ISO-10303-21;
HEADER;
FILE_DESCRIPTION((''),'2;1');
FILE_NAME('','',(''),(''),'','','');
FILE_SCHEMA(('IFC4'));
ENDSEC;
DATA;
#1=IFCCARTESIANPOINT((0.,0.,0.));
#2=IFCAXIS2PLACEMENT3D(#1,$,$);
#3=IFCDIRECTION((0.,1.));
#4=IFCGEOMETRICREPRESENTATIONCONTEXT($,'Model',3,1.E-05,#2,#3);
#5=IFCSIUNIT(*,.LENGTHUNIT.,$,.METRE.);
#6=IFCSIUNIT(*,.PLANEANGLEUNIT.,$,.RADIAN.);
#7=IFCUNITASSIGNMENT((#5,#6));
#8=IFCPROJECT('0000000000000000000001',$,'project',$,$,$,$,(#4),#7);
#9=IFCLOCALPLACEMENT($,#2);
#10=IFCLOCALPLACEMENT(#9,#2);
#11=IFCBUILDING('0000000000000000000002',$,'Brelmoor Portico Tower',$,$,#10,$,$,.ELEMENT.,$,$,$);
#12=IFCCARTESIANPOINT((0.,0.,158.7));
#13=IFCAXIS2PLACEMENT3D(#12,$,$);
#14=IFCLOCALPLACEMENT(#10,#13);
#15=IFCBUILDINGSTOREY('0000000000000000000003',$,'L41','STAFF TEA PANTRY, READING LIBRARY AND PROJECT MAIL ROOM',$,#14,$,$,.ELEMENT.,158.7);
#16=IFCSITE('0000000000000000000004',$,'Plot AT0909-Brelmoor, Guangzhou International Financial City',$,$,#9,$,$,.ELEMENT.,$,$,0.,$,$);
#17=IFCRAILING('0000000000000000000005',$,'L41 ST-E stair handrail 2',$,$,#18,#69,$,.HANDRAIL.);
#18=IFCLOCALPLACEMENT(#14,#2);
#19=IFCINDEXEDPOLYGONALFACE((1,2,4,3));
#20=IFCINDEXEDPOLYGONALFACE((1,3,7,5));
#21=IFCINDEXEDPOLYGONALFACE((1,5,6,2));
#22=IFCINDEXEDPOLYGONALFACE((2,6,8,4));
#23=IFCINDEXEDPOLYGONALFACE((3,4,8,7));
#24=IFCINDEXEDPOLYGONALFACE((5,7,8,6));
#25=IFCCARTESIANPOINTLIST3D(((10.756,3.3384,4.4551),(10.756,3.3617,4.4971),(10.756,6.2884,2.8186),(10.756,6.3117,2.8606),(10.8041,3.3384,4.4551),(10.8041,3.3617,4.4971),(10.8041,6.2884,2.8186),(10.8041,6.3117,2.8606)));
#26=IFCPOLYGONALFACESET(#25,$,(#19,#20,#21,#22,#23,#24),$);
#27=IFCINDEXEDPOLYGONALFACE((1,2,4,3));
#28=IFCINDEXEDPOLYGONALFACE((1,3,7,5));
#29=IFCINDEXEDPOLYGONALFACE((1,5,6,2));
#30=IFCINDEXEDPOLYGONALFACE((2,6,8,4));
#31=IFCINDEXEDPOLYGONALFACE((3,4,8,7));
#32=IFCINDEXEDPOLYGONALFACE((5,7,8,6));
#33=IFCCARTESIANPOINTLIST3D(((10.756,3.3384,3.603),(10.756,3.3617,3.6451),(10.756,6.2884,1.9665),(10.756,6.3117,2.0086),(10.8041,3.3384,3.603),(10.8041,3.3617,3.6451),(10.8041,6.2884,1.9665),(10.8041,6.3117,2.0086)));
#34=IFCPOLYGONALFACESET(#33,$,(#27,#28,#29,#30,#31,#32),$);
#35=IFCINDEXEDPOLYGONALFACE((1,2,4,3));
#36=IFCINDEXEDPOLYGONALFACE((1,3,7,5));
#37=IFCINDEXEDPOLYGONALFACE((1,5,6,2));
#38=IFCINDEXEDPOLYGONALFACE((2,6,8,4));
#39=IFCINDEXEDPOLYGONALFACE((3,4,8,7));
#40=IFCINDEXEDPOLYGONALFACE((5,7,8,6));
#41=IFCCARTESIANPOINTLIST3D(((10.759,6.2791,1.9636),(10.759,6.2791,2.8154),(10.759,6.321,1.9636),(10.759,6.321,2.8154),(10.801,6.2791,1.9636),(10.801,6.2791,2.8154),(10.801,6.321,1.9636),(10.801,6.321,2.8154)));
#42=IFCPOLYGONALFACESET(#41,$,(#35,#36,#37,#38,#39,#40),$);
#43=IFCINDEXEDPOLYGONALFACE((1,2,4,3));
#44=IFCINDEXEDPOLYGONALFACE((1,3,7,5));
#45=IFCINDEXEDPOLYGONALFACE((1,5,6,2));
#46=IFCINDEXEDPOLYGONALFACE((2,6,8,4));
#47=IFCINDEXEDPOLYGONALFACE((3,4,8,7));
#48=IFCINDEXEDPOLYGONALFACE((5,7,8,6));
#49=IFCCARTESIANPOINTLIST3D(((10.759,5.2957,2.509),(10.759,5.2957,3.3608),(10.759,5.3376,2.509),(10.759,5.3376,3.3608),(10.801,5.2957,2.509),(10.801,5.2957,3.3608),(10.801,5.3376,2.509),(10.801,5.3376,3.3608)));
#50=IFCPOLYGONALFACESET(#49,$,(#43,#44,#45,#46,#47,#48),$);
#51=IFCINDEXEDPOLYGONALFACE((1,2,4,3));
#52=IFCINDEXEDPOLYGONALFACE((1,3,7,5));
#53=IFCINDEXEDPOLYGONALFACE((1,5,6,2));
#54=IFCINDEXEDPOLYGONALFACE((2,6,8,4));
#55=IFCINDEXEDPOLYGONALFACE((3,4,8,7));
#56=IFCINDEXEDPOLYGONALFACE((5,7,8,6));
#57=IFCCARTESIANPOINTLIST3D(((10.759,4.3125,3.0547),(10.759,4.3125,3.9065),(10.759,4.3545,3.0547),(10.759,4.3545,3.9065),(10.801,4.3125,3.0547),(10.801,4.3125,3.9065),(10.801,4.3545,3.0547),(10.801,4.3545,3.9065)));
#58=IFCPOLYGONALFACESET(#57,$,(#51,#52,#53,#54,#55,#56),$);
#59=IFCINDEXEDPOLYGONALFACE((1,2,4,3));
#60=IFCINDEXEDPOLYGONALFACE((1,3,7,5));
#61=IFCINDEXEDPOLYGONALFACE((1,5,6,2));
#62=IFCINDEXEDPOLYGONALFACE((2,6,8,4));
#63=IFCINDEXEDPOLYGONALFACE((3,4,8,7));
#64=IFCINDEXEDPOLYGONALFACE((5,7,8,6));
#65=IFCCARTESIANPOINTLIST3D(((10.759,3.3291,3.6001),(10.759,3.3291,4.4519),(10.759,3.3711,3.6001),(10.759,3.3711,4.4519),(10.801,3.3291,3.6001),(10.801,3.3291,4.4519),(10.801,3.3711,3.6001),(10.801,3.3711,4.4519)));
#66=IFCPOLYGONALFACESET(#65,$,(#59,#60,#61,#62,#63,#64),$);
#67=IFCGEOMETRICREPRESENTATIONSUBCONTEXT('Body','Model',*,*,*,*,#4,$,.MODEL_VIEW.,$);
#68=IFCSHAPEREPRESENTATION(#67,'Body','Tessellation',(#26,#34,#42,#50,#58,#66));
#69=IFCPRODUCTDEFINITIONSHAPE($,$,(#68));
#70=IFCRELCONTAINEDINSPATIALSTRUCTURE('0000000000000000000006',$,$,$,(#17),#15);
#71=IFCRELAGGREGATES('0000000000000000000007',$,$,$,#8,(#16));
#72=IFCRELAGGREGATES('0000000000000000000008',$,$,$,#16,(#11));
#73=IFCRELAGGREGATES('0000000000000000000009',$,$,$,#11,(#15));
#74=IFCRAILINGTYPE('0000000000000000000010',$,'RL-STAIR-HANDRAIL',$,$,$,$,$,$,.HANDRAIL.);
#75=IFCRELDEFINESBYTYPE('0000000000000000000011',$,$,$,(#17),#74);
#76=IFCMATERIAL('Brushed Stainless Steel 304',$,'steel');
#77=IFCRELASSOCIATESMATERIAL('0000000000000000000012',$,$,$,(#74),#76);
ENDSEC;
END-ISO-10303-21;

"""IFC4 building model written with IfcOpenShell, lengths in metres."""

from ifc_helpers import new_model, si_unit, direction, frame, origin, origin_2d, place, context, subcontext, project, spatial, rectangle, extrude, material, type_object, element, save


model = new_model("IFC4")

# Units and contexts
model_context = context("Model", 3, precision=1e-05, world=origin(), true_north=direction((0.0, 1.0)))
body_context = subcontext(model_context, "Body", "Model", "MODEL_VIEW")
ifc_project = project(units=[si_unit("LENGTHUNIT", "METRE"), si_unit("PLANEANGLEUNIT", "RADIAN")], contexts=[model_context])

# Site, building, storey
site_placement = place(None, origin())
site = spatial("IfcSite", under=ifc_project, at=site_placement, Name="Plot AT0909-Brelmoor, Guangzhou International Financial City", CompositionType="ELEMENT", RefElevation=0.0)
building_placement = place(site_placement, origin())
building = spatial("IfcBuilding", under=site, at=building_placement, Name="Brelmoor Portico Tower", CompositionType="ELEMENT")
storey_placement = place(building_placement, frame((0.0, 0.0, 158.7)))
storey = spatial("IfcBuildingStorey", under=building, at=storey_placement, Name="L41", Description="STAFF TEA PANTRY, READING LIBRARY AND PROJECT MAIL ROOM", CompositionType="ELEMENT", Elevation=158.7)

# Railing
ifc_material_1 = material(Name="Brushed Stainless Steel 304", Category="steel")
railing_type = type_object("IfcRailingType", Name="RL-STAIR-HANDRAIL", PredefinedType="HANDRAIL", material=ifc_material_1)
railing_placement = place(storey_placement, frame((10.78, 6.3, 1.9636)))
element("IfcRailing", 1, at=railing_placement, inside=storey, type_object=railing_type, Name="L41 ST-E stair handrail 2", PredefinedType="HANDRAIL", context=body_context, shape_type="SweptSolid", body=[
    extrude(rectangle(XDim=0.0481, YDim=0.0481, at=origin_2d()), frame((0.0, 0.0, 0.876), z_axis=(0.0, -0.874458, 0.485102), x_axis=(1.0, 0.0, 0.0)), (0.0, 0.0, 1.0), 3.3735),
    extrude(rectangle(XDim=0.0481, YDim=0.0481, at=origin_2d()), frame((0.0, 0.0, 0.0239), z_axis=(0.0, -0.874458, 0.485102), x_axis=(1.0, 0.0, 0.0)), (0.0, 0.0, 1.0), 3.3735),
    extrude(rectangle(XDim=0.042, YDim=0.042, at=origin_2d()), origin(), (0.0, 0.0, 1.0), 0.8518),
    extrude(rectangle(XDim=0.042, YDim=0.042, at=origin_2d()), frame((0.0, -0.9834, 0.5454)), (0.0, 0.0, 1.0), 0.8518),
    extrude(rectangle(XDim=0.042, YDim=0.042, at=origin_2d()), frame((0.0, -1.9666, 1.0911)), (0.0, 0.0, 1.0), 0.8518),
    extrude(rectangle(XDim=0.042, YDim=0.042, at=origin_2d()), frame((0.0, -2.95, 1.6365)), (0.0, 0.0, 1.0), 0.8518),
])

save(model, "model.ifc")
